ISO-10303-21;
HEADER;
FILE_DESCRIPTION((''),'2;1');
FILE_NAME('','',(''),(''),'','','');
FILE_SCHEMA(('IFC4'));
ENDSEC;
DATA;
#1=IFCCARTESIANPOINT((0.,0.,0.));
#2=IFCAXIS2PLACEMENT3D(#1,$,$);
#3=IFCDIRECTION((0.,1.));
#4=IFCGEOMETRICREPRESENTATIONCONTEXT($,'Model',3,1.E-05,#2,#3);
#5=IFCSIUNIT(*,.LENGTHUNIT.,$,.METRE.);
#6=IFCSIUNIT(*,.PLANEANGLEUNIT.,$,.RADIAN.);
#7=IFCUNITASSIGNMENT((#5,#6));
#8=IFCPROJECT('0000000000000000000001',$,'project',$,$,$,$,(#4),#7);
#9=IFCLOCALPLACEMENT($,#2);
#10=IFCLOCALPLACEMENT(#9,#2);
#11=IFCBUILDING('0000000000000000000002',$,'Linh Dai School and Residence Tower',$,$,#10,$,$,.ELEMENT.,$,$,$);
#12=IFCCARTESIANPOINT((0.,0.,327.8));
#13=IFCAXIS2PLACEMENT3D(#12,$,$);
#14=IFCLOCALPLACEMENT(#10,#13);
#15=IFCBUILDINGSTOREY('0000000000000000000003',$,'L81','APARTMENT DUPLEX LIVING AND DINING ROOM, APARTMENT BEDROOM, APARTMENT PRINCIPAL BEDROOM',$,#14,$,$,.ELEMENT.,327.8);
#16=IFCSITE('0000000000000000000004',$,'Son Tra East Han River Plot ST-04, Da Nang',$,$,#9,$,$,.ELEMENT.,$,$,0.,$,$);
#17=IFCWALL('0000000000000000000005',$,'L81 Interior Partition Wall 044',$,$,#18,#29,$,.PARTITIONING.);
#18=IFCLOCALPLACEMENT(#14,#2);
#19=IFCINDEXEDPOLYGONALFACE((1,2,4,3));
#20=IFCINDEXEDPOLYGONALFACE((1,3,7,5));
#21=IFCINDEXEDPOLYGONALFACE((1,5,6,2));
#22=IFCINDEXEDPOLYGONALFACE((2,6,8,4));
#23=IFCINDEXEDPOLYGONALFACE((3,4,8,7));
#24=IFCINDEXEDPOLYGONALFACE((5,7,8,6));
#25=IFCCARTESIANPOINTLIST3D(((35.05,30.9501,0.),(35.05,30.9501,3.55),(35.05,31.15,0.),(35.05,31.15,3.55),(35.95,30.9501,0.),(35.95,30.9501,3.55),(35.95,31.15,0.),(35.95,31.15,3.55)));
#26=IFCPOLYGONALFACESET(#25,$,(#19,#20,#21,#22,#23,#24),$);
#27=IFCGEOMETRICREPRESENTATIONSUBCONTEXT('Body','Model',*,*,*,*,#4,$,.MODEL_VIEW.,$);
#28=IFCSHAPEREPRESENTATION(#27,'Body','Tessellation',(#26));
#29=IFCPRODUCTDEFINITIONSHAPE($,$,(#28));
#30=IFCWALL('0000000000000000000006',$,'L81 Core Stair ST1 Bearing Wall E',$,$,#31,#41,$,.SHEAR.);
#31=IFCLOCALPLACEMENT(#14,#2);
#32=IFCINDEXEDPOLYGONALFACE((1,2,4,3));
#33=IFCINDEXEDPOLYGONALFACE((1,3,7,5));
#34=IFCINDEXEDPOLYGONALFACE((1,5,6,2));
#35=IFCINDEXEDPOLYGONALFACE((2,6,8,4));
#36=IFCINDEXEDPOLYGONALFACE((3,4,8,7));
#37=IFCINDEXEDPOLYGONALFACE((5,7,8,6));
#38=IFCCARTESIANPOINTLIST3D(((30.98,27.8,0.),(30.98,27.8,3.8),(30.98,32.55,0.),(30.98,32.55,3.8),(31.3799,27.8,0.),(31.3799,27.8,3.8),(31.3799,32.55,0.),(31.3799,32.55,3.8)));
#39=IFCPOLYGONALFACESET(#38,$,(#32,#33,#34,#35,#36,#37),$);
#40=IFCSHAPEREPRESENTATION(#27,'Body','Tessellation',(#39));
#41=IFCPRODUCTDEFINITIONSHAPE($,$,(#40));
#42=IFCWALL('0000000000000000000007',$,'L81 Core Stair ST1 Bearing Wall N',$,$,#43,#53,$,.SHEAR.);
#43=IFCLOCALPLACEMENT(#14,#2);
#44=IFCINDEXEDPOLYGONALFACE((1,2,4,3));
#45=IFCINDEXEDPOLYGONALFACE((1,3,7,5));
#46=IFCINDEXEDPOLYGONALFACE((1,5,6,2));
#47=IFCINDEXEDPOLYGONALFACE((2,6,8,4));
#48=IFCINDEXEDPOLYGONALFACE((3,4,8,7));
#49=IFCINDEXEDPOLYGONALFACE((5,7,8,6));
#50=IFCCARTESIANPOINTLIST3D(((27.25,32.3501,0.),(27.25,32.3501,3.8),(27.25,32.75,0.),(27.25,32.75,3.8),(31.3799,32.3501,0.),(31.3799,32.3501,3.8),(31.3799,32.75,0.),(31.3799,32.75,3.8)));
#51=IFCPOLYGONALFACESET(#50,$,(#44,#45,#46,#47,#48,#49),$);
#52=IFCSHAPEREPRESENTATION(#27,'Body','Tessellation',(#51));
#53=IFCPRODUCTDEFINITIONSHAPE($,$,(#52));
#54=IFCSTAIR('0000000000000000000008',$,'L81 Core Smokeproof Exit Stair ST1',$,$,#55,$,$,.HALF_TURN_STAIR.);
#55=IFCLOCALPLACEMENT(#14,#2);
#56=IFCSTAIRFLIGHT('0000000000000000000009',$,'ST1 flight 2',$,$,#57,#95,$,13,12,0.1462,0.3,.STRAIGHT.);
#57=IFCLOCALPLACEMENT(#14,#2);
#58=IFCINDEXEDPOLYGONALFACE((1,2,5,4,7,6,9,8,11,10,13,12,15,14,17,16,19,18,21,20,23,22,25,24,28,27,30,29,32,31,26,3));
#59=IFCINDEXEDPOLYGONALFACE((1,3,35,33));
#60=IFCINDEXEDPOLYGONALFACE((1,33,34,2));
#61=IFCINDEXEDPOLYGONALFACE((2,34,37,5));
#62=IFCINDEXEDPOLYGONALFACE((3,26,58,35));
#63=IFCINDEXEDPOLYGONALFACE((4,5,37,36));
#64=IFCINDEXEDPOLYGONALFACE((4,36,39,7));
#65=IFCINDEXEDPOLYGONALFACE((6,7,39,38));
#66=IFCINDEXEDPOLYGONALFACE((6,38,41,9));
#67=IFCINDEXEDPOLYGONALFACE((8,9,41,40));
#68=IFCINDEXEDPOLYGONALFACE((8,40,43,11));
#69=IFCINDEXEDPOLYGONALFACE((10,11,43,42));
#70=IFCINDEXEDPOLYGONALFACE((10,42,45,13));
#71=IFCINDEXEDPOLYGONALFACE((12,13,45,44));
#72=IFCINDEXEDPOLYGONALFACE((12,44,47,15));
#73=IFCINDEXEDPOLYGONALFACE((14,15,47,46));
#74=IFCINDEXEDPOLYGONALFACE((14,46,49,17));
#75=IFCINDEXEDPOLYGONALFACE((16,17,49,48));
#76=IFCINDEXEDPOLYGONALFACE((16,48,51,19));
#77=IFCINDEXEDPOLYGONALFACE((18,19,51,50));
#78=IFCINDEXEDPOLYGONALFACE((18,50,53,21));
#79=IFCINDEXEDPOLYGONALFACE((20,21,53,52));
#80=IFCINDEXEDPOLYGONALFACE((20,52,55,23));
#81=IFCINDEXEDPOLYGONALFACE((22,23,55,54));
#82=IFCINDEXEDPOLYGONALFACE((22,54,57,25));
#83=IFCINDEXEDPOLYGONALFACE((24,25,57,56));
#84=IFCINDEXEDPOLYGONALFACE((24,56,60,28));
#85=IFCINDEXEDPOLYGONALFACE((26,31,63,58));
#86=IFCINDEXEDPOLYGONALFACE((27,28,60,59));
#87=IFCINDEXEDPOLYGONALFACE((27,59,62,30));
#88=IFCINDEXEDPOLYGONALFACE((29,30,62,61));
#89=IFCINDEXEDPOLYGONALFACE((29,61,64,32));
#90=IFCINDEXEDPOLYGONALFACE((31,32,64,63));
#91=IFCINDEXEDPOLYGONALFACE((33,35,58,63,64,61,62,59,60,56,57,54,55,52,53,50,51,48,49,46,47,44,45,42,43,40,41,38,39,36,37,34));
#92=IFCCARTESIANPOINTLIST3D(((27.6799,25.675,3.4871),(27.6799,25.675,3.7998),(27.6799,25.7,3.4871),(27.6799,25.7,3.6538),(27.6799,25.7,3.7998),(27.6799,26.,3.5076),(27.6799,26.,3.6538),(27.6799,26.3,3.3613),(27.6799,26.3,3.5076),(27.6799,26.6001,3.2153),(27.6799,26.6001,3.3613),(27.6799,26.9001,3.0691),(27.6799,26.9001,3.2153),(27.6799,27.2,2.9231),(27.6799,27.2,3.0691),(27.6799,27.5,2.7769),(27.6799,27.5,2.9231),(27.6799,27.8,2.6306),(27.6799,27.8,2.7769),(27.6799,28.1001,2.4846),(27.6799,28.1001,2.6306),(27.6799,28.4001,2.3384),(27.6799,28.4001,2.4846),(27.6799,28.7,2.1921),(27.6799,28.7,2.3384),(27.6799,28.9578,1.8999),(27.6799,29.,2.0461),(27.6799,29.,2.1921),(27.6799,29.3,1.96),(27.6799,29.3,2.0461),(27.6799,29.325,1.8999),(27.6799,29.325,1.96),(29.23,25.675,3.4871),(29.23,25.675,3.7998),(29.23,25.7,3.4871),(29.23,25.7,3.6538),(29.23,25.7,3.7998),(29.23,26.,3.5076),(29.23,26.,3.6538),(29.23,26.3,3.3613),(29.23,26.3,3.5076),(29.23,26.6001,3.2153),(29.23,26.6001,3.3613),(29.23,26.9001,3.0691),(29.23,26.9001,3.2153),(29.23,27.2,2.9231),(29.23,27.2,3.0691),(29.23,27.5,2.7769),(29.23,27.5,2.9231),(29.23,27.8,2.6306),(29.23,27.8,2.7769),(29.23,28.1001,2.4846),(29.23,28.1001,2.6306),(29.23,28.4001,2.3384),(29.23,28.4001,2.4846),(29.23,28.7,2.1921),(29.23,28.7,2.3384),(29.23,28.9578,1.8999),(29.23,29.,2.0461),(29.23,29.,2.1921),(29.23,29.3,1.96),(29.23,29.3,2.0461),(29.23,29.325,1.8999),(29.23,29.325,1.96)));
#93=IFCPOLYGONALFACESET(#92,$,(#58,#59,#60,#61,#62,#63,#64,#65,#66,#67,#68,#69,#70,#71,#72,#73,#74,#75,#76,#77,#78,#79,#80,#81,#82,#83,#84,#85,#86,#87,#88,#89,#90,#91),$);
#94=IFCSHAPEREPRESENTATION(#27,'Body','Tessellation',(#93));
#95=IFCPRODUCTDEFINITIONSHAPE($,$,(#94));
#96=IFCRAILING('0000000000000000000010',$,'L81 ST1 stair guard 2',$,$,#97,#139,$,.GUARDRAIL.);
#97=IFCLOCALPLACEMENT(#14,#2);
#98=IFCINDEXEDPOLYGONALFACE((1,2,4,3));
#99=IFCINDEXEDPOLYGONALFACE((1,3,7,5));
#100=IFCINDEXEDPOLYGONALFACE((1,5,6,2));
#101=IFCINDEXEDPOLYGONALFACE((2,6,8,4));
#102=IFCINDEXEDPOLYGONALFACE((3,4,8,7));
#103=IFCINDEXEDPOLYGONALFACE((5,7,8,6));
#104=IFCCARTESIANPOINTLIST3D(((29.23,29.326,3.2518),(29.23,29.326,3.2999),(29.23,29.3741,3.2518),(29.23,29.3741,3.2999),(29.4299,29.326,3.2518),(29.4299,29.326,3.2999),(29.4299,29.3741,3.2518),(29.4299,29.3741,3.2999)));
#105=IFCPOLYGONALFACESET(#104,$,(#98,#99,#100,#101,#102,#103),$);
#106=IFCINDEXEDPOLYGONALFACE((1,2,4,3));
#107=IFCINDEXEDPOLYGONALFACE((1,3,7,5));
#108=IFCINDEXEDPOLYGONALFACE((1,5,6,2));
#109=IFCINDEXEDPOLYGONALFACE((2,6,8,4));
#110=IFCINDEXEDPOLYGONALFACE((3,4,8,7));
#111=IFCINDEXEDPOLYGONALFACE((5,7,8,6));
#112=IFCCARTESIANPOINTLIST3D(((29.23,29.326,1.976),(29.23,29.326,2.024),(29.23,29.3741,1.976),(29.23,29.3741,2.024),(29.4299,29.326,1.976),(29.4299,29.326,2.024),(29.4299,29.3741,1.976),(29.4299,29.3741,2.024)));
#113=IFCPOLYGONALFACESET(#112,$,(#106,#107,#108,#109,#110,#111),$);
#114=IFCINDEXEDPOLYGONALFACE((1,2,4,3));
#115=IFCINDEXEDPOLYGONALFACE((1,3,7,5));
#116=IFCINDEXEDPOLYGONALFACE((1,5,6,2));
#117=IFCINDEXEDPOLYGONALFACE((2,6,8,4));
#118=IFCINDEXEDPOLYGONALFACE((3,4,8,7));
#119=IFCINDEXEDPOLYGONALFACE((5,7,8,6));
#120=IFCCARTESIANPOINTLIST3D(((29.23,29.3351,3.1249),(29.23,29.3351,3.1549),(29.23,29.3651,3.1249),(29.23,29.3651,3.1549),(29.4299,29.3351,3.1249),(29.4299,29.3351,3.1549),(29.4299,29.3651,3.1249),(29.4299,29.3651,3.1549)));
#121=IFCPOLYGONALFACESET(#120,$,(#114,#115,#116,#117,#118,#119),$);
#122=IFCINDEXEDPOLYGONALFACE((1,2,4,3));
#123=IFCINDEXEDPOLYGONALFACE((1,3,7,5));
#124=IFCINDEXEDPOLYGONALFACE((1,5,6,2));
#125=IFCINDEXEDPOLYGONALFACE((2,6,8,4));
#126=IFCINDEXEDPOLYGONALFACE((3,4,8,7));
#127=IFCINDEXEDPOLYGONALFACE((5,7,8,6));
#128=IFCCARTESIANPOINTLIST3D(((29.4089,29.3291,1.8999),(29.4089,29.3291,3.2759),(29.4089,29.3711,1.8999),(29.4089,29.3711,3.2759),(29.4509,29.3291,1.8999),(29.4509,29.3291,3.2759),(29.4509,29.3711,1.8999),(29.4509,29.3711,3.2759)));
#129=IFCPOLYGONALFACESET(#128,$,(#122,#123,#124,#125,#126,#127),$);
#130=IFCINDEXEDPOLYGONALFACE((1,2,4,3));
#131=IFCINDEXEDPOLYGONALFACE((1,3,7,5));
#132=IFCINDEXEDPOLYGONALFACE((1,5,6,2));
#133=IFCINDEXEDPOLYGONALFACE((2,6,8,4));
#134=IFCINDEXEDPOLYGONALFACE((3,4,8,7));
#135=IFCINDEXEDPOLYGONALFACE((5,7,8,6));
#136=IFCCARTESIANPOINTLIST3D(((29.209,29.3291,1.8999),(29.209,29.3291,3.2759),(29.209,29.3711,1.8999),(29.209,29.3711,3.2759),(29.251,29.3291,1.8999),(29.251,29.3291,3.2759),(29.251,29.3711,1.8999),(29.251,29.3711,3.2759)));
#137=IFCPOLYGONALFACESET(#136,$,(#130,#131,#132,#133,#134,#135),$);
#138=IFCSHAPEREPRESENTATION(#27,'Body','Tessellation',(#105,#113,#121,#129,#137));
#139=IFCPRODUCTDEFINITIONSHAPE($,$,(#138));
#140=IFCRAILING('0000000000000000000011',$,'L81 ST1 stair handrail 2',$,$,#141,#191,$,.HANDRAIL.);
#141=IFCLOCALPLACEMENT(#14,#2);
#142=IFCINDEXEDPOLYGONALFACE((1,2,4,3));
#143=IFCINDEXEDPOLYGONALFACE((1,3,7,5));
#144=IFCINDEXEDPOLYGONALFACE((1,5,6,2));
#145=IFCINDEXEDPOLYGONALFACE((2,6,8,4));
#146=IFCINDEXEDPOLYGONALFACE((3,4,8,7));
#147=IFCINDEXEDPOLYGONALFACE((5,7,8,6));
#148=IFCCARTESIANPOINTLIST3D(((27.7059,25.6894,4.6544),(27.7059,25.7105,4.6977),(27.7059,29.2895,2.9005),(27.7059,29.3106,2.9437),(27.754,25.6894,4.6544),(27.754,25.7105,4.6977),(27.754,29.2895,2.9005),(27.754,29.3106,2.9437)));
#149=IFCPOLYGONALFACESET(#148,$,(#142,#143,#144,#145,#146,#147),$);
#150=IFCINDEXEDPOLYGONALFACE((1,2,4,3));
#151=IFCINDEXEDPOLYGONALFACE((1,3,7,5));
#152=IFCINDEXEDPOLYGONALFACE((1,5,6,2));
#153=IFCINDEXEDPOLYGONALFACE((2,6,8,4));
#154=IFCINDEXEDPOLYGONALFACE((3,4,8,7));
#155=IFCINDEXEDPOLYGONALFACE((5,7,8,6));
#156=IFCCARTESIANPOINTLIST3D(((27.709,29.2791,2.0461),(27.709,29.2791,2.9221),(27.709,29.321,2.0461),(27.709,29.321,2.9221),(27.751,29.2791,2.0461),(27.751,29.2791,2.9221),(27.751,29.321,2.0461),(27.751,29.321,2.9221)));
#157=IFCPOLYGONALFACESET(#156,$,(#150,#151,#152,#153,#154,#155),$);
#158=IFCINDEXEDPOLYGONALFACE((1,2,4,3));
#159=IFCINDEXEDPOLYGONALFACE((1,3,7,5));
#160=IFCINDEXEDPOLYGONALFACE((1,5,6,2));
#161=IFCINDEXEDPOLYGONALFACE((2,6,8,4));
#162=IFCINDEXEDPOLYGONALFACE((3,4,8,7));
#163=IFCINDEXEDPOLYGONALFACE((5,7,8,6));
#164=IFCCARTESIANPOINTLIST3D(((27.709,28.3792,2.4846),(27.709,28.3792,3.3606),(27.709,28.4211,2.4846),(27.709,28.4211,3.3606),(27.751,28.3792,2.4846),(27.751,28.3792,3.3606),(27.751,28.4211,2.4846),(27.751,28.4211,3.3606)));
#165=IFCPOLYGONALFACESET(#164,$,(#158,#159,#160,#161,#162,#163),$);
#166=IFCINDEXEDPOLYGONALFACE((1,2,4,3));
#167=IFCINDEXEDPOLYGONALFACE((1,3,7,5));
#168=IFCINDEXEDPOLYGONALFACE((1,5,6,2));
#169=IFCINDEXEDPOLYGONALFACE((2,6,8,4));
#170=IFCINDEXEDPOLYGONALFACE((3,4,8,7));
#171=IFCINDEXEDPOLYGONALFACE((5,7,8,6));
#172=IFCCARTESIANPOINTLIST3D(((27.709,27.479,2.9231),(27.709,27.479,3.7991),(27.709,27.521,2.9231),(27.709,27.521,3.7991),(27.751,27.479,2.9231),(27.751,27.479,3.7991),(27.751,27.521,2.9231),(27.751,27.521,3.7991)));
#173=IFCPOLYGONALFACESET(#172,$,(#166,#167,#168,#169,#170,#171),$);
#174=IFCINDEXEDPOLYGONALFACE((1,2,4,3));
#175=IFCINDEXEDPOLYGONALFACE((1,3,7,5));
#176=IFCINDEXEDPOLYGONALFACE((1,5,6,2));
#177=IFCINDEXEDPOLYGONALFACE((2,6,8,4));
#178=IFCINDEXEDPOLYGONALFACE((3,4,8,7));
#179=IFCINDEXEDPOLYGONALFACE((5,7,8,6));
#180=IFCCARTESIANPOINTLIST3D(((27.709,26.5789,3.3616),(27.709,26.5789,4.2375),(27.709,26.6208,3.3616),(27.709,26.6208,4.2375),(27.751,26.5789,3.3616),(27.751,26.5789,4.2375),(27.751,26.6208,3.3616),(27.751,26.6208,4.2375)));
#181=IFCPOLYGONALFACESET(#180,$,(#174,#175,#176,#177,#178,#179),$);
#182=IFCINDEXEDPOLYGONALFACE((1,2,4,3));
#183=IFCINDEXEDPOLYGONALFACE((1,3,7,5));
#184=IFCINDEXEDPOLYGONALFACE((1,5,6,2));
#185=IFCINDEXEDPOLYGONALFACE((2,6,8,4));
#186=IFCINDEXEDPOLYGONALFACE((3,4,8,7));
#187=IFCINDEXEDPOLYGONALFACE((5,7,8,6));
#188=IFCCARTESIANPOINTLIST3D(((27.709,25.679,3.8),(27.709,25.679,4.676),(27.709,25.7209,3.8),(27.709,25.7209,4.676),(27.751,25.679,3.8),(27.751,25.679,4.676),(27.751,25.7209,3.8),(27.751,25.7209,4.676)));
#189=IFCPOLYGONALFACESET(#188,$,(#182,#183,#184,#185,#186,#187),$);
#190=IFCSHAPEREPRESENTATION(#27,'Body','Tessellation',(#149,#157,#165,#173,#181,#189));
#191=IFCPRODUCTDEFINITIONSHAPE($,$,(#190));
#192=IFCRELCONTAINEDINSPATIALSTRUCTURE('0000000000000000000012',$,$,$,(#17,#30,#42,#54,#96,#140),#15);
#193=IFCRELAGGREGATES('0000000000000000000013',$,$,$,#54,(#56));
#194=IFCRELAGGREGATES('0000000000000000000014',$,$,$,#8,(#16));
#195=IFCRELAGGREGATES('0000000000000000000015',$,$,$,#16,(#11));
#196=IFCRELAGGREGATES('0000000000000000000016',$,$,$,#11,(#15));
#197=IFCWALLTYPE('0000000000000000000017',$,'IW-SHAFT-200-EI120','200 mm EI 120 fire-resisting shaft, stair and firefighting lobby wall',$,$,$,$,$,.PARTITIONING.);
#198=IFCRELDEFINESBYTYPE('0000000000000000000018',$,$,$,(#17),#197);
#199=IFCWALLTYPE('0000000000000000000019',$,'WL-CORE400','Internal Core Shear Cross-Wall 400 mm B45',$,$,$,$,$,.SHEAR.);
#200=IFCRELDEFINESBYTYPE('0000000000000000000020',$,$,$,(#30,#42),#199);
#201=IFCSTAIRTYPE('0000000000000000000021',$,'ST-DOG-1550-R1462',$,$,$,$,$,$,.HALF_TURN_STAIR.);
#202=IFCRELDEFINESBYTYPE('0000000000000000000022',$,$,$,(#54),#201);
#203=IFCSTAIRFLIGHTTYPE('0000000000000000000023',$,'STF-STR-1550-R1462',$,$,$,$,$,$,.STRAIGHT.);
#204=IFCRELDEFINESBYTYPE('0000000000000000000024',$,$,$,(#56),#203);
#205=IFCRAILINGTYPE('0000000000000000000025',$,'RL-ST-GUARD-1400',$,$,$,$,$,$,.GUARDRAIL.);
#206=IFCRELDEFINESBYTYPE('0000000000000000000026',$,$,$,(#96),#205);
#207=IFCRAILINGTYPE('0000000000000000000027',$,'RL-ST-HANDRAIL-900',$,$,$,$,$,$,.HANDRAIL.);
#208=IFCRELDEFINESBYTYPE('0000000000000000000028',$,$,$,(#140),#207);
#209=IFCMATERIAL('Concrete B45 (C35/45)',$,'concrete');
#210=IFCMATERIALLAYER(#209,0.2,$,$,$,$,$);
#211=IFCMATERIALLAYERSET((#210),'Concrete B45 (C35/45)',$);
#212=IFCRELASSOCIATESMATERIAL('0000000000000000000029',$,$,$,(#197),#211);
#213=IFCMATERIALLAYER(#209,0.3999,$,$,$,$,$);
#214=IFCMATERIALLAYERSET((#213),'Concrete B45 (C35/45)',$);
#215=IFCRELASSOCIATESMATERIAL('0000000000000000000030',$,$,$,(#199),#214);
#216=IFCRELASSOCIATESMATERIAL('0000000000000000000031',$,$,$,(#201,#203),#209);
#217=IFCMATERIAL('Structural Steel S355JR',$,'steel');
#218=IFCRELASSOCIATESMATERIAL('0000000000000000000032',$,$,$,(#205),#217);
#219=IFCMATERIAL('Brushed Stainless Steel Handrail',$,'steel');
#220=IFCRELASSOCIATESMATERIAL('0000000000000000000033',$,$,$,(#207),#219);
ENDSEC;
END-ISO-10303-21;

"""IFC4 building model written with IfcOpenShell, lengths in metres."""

from ifc_helpers import new_model, si_unit, direction, frame, frame_2d, origin, origin_2d, place, context, subcontext, project, spatial, polyline, rectangle, outline, extrude, source, transform, mapped, material, layer, layer_set, type_object, element, aggregate, save


model = new_model("IFC4")

# Units and contexts
model_context = context("Model", 3, precision=1e-05, world=origin(), true_north=direction((0.0, 1.0)))
body_context = subcontext(model_context, "Body", "Model", "MODEL_VIEW")
ifc_project = project(units=[si_unit("LENGTHUNIT", "METRE"), si_unit("PLANEANGLEUNIT", "RADIAN")], contexts=[model_context])

# Site, building, storey
site_placement = place(None, origin())
site = spatial("IfcSite", under=ifc_project, at=site_placement, Name="Son Tra East Han River Plot ST-04, Da Nang", CompositionType="ELEMENT", RefElevation=0.0)
building_placement = place(site_placement, origin())
building = spatial("IfcBuilding", under=site, at=building_placement, Name="Linh Dai School and Residence Tower", CompositionType="ELEMENT")
storey_placement = place(building_placement, frame((0.0, 0.0, 327.8)))
storey = spatial("IfcBuildingStorey", under=building, at=storey_placement, Name="L81", Description="APARTMENT DUPLEX LIVING AND DINING ROOM, APARTMENT BEDROOM, APARTMENT PRINCIPAL BEDROOM", CompositionType="ELEMENT", Elevation=327.8)

# Shared definitions
ifc_material_1 = material(Name="Structural Steel S355JR", Category="steel")

# Shared definitions
ifc_material_2 = material(Name="Concrete B45 (C35/45)", Category="concrete")
ifc_layer_1 = layer(ifc_material_2, 0.2)
ifc_layer_set_1 = layer_set([ifc_layer_1], Name="Concrete B45 (C35/45)")
wall_type_1 = type_object("IfcWallType", Name="IW-SHAFT-200-EI120", Description="200 mm EI 120 fire-resisting shaft, stair and firefighting lobby wall", PredefinedType="PARTITIONING", material=ifc_layer_set_1)

# Walls
wall_1_placement = place(storey_placement, frame((35.05, 31.05, 0.0), z_axis=(0.0, 0.0, 1.0), x_axis=(1.0, 0.0, 0.0)))
element("IfcWall", 1, at=wall_1_placement, inside=storey, type_object=wall_type_1, Name="L81 Interior Partition Wall 044", PredefinedType="PARTITIONING", context=body_context, shape_type="SweptSolid", body=[
    extrude(rectangle(XDim=0.8999, YDim=0.2, at=frame_2d((0.45, 0.0))), origin(), (0.0, 0.0, 1.0), 3.55),
])
ifc_layer_2 = layer(ifc_material_2, 0.3999)
ifc_layer_set_2 = layer_set([ifc_layer_2], Name="Concrete B45 (C35/45)")
wall_type_2 = type_object("IfcWallType", Name="WL-CORE400", Description="Internal Core Shear Cross-Wall 400 mm B45", PredefinedType="SHEAR", material=ifc_layer_set_2)
wall_2_placement = place(storey_placement, frame((31.1799, 27.8, 0.0), z_axis=(0.0, 0.0, 1.0), x_axis=(0.0, 1.0, 0.0)))
element("IfcWall", 2, at=wall_2_placement, inside=storey, type_object=wall_type_2, Name="L81 Core Stair ST1 Bearing Wall E", PredefinedType="SHEAR", context=body_context, shape_type="SweptSolid", body=[
    extrude(rectangle(XDim=4.75, YDim=0.3999, at=frame_2d((2.375, 0.0))), origin(), (0.0, 0.0, 1.0), 3.8),
])
wall_3_placement = place(storey_placement, frame((27.25, 32.55, 0.0), z_axis=(0.0, 0.0, 1.0), x_axis=(1.0, 0.0, 0.0)))
element("IfcWall", 3, at=wall_3_placement, inside=storey, type_object=wall_type_2, Name="L81 Core Stair ST1 Bearing Wall N", PredefinedType="SHEAR", context=body_context, shape_type="SweptSolid", body=[
    extrude(rectangle(XDim=4.1299, YDim=0.3999, at=frame_2d((2.0649, 0.0))), origin(), (0.0, 0.0, 1.0), 3.8),
])

# Stair, stair flight
stair_type = type_object("IfcStairType", Name="ST-DOG-1550-R1462", PredefinedType="HALF_TURN_STAIR", material=ifc_material_2)
stair_placement = place(storey_placement, origin())
stair = element("IfcStair", 4, at=stair_placement, inside=storey, type_object=stair_type, Name="L81 Core Smokeproof Exit Stair ST1", PredefinedType="HALF_TURN_STAIR")
stair_flight_type = type_object("IfcStairFlightType", Name="STF-STR-1550-R1462", PredefinedType="STRAIGHT", material=ifc_material_2)
shared_shape_1 = source(origin(), body_context, "Body", "SweptSolid", [
    extrude(outline(polyline([(-0.0249, 0.0), (-0.0249, 0.0601), (0.0, 0.0601), (0.0, 0.1462), (0.3, 0.1462), (0.3, 0.2922), (0.6001, 0.2922), (0.6001, 0.4385), (0.8999, 0.4385), (0.8999, 0.5847), (1.2, 0.5847), (1.2, 0.7307), (1.5, 0.7307), (1.5, 0.877), (1.8, 0.877), (1.8, 1.0232), (2.1001, 1.0232), (2.1001, 1.1692), (2.3999, 1.1692), (2.3999, 1.3154), (2.7, 1.3154), (2.7, 1.4614), (3.0, 1.4614), (3.0, 1.6077), (3.3, 1.6077), (3.3, 1.7539), (3.6001, 1.7539), (3.6001, 1.8999), (3.625, 1.8999), (3.625, 1.5872), (3.6001, 1.5872), (0.3423, 0.0), (-0.0249, 0.0)])), frame((0.0, 0.7749, 0.0), z_axis=(0.0, -1.0, 0.0), x_axis=(1.0, 0.0, 0.0)), (0.0, 0.0, 1.0), 1.55),
])
stair_flight_placement = place(storey_placement, frame((28.4551, 29.3, 1.8999), z_axis=(0.0, 0.0, 1.0), x_axis=(0.0, -1.0, 0.0)))
stair_flight = element("IfcStairFlight", 5, at=stair_flight_placement, type_object=stair_flight_type, Name="ST1 flight 2", NumberOfRisers=13, NumberOfTreads=12, PredefinedType="STRAIGHT", RiserHeight=0.1462, TreadLength=0.3, context=body_context, shape_type="MappedRepresentation", body=[
    mapped(shared_shape_1, transform((0.0, 0.0, 0.0), x_axis=(1.0, 0.0, 0.0), y_axis=(0.0, 1.0, 0.0), z_axis=(0.0, 0.0, 1.0), scale=1.0)),
])
aggregate(stair, [stair_flight])

# Railings
railing_type_1 = type_object("IfcRailingType", Name="RL-ST-GUARD-1400", PredefinedType="GUARDRAIL", material=ifc_material_1)
shared_shape_2 = source(origin(), body_context, "Body", "SweptSolid", [
    extrude(rectangle(XDim=0.0481, YDim=0.0481, at=origin_2d()), frame((0.0, 0.0, 1.376), z_axis=(-1.0, 0.0, 0.0), x_axis=(0.0, -1.0, 0.0)), (0.0, 0.0, 1.0), 0.2),
    extrude(rectangle(XDim=0.0481, YDim=0.0481, at=origin_2d()), frame((0.0, 0.0, 0.1001), z_axis=(-1.0, 0.0, 0.0), x_axis=(0.0, -1.0, 0.0)), (0.0, 0.0, 1.0), 0.2),
    extrude(rectangle(XDim=0.03, YDim=0.03, at=origin_2d()), frame((0.0, 0.0, 1.24), z_axis=(-1.0, 0.0, 0.0), x_axis=(0.0, -1.0, 0.0)), (0.0, 0.0, 1.0), 0.2),
    extrude(rectangle(XDim=0.042, YDim=0.042, at=origin_2d()), origin(), (0.0, 0.0, 1.0), 1.376),
    extrude(rectangle(XDim=0.042, YDim=0.042, at=origin_2d()), frame((-0.2, 0.0, 0.0)), (0.0, 0.0, 1.0), 1.376),
])
railing_1_placement = place(storey_placement, frame((29.4299, 29.3501, 1.8999)))
element("IfcRailing", 6, at=railing_1_placement, inside=storey, type_object=railing_type_1, Name="L81 ST1 stair guard 2", PredefinedType="GUARDRAIL", context=body_context, shape_type="MappedRepresentation", body=[
    mapped(shared_shape_2, transform((0.0, 0.0, 0.0), x_axis=(1.0, 0.0, 0.0), y_axis=(0.0, 1.0, 0.0), z_axis=(0.0, 0.0, 1.0), scale=1.0)),
])
ifc_material_3 = material(Name="Brushed Stainless Steel Handrail", Category="steel")
railing_type_2 = type_object("IfcRailingType", Name="RL-ST-HANDRAIL-900", PredefinedType="HANDRAIL", material=ifc_material_3)
shared_shape_3 = source(origin(), body_context, "Body", "SweptSolid", [
    extrude(rectangle(XDim=0.0481, YDim=0.0481, at=origin_2d()), frame((0.0, 0.0, 0.876), z_axis=(0.0, -0.898989, 0.437972), x_axis=(1.0, 0.0, 0.0)), (0.0, 0.0, 1.0), 4.0046),
    extrude(rectangle(XDim=0.042, YDim=0.042, at=origin_2d()), origin(), (0.0, 0.0, 1.0), 0.876),
    extrude(rectangle(XDim=0.042, YDim=0.042, at=origin_2d()), frame((0.0, -0.8999, 0.4385)), (0.0, 0.0, 1.0), 0.876),
    extrude(rectangle(XDim=0.042, YDim=0.042, at=origin_2d()), frame((0.0, -1.8, 0.877)), (0.0, 0.0, 1.0), 0.876),
    extrude(rectangle(XDim=0.042, YDim=0.042, at=origin_2d()), frame((0.0, -2.7002, 1.3154)), (0.0, 0.0, 1.0), 0.876),
    extrude(rectangle(XDim=0.042, YDim=0.042, at=origin_2d()), frame((0.0, -3.6001, 1.7539)), (0.0, 0.0, 1.0), 0.876),
])
railing_2_placement = place(storey_placement, frame((27.73, 29.3, 2.0461)))
element("IfcRailing", 7, at=railing_2_placement, inside=storey, type_object=railing_type_2, Name="L81 ST1 stair handrail 2", PredefinedType="HANDRAIL", context=body_context, shape_type="MappedRepresentation", body=[
    mapped(shared_shape_3, transform((0.0, 0.0, 0.0), x_axis=(1.0, 0.0, 0.0), y_axis=(0.0, 1.0, 0.0), z_axis=(0.0, 0.0, 1.0), scale=1.0)),
])

save(model, "model.ifc")
